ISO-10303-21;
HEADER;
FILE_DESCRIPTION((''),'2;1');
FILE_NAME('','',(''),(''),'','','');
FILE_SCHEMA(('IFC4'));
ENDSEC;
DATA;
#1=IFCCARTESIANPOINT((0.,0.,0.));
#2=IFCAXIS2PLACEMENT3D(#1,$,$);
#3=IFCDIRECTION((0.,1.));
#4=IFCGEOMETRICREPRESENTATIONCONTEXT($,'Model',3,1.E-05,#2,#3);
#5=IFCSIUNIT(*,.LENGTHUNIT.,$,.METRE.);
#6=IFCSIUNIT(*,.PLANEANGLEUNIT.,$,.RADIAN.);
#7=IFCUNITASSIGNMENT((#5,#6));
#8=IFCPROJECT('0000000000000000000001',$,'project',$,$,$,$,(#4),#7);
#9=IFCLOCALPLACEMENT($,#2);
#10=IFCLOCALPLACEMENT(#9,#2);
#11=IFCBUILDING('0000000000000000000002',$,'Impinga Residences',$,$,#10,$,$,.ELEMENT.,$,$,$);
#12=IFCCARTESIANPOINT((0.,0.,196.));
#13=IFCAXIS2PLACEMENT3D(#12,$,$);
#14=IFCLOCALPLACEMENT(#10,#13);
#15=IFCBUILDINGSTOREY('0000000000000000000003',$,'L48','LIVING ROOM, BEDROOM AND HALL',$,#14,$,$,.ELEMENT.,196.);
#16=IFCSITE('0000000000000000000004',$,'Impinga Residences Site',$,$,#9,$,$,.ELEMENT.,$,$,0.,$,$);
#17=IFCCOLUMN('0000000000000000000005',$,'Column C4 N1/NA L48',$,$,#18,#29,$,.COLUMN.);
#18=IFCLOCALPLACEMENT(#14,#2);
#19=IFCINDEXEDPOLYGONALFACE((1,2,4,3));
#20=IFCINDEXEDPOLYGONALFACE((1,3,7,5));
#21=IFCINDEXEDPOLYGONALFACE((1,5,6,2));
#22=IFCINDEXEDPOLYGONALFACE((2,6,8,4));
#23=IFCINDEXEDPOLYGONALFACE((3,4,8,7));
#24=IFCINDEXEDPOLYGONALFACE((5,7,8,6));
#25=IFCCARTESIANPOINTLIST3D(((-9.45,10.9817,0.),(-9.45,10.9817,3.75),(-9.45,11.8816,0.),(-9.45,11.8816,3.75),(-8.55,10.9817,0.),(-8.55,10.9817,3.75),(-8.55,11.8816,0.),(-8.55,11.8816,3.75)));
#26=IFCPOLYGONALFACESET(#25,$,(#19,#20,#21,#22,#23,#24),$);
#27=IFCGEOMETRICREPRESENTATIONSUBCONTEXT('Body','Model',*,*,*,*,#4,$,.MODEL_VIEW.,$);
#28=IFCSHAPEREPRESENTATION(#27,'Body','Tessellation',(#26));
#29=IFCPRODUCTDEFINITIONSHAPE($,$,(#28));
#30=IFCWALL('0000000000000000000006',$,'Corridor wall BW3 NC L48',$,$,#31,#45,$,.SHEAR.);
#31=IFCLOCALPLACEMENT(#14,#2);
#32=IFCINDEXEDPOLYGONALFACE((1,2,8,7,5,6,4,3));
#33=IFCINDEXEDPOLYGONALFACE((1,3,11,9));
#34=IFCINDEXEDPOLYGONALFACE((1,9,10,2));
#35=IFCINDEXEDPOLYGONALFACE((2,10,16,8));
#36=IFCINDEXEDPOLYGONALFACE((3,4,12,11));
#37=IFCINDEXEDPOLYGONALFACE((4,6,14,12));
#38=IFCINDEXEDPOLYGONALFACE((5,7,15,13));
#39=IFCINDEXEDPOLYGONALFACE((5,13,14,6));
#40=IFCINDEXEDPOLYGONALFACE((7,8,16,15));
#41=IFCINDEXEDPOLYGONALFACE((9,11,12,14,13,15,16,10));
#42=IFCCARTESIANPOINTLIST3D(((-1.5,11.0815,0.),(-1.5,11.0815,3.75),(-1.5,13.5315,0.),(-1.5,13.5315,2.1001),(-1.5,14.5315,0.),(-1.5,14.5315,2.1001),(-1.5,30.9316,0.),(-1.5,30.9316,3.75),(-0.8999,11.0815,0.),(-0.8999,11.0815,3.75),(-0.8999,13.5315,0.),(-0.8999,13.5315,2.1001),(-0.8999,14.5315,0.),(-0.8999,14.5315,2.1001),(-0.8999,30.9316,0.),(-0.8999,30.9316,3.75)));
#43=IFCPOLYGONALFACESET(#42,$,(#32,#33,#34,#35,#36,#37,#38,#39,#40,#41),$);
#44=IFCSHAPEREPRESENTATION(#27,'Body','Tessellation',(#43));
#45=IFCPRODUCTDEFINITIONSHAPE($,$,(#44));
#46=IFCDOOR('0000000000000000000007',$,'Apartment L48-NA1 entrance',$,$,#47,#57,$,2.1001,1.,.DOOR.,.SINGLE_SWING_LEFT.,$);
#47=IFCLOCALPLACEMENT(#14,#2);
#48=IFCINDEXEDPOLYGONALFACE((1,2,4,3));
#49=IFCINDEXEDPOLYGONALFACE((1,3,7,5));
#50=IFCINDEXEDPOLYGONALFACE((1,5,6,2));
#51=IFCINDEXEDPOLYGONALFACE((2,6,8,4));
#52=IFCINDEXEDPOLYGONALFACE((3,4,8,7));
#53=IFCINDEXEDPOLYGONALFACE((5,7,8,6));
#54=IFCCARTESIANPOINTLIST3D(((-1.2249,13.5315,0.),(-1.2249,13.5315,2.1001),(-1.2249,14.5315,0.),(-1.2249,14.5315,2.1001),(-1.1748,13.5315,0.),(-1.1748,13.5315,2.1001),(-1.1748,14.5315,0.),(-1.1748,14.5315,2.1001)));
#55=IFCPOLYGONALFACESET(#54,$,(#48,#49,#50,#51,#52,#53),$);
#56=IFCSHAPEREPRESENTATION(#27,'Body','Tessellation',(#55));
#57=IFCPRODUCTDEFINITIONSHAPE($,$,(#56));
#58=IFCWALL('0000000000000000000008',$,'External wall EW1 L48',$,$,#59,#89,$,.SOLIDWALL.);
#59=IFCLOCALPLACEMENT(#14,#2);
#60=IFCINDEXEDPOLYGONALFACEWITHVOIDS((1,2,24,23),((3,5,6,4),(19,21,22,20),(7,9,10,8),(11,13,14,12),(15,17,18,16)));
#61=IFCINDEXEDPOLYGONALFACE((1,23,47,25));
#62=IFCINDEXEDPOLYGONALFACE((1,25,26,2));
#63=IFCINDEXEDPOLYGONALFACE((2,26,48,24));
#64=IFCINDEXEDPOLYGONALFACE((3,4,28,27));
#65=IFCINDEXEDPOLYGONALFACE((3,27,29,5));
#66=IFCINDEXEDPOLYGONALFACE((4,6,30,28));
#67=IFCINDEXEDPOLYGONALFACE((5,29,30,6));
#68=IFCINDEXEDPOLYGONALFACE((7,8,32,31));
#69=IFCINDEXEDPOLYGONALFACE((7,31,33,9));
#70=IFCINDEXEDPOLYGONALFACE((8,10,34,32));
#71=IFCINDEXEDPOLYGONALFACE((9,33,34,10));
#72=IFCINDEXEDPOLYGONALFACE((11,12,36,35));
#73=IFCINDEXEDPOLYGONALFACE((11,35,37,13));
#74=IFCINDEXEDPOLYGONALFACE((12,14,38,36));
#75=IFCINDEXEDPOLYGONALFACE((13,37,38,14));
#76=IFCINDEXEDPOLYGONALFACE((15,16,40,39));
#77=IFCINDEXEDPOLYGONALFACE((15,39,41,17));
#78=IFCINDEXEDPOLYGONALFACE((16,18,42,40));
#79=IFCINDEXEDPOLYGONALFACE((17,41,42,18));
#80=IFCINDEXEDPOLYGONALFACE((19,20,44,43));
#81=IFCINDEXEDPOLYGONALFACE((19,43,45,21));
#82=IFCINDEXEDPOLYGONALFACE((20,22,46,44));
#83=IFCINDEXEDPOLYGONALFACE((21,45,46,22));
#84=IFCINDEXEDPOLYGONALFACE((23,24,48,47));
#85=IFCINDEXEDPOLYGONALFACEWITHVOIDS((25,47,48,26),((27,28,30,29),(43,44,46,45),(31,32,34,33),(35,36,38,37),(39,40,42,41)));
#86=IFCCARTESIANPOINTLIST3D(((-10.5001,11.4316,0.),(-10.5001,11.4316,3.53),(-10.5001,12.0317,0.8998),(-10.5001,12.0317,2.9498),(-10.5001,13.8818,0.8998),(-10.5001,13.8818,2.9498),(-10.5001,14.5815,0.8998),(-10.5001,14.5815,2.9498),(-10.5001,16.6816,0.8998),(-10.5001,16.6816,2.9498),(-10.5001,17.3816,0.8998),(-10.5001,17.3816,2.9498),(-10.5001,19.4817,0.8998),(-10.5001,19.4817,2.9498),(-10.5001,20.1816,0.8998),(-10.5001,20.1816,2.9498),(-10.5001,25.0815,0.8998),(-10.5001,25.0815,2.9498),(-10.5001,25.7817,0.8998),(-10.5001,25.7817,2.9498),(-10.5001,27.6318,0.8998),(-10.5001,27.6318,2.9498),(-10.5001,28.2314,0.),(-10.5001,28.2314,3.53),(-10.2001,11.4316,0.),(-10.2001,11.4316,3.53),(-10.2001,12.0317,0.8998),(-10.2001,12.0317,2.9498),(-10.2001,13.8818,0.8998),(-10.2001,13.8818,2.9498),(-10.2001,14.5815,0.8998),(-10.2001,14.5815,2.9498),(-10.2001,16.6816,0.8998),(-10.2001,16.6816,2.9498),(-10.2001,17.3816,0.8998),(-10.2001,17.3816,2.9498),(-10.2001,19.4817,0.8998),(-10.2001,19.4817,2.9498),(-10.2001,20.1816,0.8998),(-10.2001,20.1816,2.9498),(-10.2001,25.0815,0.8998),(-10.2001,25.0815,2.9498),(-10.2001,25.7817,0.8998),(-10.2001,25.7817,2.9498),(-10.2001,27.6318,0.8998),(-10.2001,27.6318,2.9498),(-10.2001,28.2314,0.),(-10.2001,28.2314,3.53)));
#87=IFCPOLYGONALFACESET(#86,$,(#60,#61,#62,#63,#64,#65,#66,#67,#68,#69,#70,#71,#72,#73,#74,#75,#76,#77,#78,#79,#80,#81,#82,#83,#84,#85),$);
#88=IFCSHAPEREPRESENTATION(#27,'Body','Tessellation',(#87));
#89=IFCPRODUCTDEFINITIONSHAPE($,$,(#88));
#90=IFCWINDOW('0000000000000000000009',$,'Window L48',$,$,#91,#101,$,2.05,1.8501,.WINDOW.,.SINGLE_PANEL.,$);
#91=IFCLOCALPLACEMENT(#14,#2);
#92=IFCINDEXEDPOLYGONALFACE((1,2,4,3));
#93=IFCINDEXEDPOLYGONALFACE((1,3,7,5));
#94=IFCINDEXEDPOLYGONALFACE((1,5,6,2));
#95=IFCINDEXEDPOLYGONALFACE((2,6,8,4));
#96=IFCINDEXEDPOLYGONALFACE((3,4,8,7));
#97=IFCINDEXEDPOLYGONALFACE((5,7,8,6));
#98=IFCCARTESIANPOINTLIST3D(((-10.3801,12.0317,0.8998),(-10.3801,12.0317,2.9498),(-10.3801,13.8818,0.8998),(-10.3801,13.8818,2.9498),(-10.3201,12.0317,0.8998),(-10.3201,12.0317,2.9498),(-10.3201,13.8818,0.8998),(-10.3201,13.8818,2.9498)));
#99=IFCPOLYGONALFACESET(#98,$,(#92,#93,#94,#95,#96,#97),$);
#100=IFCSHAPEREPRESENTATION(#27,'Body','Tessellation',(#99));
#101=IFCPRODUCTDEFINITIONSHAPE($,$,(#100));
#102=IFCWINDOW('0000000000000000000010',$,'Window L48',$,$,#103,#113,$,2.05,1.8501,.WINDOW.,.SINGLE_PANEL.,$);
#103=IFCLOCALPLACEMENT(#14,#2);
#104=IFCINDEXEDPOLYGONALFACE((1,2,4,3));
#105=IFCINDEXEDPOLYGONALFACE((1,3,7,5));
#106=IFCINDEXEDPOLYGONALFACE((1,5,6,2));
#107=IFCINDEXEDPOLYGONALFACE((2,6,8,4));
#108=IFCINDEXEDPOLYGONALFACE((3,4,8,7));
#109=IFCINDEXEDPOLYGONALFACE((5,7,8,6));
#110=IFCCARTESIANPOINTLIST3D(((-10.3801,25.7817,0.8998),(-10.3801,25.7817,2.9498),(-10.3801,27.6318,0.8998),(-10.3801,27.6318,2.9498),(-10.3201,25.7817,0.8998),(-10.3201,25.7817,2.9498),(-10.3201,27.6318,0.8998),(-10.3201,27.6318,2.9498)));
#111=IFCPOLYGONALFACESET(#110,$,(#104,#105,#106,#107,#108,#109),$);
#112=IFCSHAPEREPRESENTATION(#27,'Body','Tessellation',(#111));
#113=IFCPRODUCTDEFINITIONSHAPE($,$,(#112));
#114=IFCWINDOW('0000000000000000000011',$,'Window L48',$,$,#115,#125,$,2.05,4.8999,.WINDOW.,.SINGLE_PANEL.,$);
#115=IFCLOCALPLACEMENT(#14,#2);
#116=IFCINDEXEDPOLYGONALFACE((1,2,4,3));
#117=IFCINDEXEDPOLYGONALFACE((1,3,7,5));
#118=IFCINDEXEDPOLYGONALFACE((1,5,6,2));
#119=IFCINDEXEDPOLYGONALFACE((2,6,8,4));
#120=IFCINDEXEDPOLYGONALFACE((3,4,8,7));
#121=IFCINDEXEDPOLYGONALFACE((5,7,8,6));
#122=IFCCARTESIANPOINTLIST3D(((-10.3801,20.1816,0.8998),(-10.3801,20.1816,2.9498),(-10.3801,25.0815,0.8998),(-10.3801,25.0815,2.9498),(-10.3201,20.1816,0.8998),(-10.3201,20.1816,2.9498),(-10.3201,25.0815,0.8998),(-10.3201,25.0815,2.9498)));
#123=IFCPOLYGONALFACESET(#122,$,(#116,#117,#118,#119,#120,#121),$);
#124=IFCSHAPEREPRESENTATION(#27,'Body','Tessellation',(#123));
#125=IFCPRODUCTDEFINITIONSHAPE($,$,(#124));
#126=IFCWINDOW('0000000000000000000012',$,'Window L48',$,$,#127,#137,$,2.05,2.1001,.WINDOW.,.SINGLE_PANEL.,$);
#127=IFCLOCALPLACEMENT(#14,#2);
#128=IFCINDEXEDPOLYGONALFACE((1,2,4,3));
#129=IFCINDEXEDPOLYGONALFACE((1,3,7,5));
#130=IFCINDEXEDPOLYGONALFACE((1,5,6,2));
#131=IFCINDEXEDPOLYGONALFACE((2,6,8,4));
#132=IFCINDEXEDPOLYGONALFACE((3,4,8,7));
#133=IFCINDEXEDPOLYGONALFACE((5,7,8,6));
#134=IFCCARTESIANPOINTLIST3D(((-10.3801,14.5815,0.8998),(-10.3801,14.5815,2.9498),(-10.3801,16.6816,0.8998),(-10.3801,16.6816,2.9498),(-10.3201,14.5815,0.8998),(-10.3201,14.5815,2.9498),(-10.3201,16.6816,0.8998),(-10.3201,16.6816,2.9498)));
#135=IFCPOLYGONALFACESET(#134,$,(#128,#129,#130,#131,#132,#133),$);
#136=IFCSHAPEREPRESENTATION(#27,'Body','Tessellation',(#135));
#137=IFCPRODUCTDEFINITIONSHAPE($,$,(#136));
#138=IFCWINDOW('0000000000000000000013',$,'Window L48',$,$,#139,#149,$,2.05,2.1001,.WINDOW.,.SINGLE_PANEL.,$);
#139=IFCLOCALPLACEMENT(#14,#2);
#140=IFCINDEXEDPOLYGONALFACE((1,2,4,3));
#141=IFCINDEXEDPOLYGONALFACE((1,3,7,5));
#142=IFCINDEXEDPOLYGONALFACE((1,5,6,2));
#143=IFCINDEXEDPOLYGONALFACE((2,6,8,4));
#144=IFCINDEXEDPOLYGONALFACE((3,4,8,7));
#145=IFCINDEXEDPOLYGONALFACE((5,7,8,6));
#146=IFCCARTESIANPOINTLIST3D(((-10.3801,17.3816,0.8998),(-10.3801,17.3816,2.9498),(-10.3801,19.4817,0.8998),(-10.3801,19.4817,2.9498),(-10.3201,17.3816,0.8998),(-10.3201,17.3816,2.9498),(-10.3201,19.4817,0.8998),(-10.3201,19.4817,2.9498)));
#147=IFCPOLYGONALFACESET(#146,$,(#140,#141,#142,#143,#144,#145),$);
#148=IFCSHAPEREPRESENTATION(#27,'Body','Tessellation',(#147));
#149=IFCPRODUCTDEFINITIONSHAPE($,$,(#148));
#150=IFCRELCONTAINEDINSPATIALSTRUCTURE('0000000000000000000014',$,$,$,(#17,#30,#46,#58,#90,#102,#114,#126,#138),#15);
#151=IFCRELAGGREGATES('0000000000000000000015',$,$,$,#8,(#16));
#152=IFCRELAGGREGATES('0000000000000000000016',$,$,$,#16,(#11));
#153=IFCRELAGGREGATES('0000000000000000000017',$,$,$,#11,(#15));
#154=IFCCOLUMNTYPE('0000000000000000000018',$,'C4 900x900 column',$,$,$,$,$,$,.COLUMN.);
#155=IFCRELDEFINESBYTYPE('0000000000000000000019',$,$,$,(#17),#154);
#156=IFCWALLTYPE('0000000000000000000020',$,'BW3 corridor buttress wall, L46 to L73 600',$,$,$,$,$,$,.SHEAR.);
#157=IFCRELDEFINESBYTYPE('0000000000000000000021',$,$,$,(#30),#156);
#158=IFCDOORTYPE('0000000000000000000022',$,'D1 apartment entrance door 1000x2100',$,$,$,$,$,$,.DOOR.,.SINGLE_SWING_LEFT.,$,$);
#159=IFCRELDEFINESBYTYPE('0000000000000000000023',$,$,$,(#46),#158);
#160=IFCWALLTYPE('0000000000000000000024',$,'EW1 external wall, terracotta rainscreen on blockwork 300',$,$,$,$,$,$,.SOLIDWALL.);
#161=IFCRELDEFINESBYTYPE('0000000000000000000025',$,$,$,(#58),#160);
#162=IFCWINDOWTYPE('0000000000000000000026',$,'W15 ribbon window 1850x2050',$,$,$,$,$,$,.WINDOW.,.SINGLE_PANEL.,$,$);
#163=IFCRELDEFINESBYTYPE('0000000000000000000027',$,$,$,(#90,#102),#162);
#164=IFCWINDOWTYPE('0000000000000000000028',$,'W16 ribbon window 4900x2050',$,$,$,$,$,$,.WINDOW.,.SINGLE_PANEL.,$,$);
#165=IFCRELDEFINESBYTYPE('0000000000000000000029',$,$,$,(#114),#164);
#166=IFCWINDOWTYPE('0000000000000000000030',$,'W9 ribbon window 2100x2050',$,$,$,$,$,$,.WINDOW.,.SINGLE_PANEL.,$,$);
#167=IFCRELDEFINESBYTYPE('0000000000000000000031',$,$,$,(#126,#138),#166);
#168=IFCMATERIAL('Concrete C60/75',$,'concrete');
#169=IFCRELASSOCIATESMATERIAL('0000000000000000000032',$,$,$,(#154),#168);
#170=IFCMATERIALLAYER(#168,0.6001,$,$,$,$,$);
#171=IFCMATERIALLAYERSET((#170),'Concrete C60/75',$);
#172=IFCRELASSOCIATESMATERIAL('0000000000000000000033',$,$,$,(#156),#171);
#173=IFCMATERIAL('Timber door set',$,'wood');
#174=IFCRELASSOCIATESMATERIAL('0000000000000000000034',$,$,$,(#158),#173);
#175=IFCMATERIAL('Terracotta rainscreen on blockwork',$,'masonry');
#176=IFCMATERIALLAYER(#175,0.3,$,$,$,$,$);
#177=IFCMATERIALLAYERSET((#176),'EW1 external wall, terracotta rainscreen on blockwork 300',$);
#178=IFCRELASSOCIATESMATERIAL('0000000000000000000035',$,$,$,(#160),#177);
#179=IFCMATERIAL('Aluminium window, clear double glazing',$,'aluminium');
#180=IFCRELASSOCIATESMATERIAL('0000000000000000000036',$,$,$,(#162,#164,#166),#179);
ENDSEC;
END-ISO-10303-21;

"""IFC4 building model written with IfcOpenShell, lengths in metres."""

from ifc_helpers import new_model, si_unit, direction, frame, frame_2d, origin, origin_2d, place, context, subcontext, project, spatial, rectangle, extrude, material, layer, layer_set, material_profile, profile_set, type_object, element, fill, save


model = new_model("IFC4")

# Units and contexts
model_context = context("Model", 3, precision=1e-05, world=origin(), true_north=direction((0.0, 1.0)))
body_context = subcontext(model_context, "Body", "Model", "MODEL_VIEW")
ifc_project = project(units=[si_unit("LENGTHUNIT", "METRE"), si_unit("PLANEANGLEUNIT", "RADIAN")], contexts=[model_context])

# Site, building, storey
site_placement = place(None, origin())
site = spatial("IfcSite", under=ifc_project, at=site_placement, Name="Impinga Residences Site", CompositionType="ELEMENT", RefElevation=0.0)
building_placement = place(site_placement, origin())
building = spatial("IfcBuilding", under=site, at=building_placement, Name="Impinga Residences", CompositionType="ELEMENT")
storey_placement = place(building_placement, frame((0.0, 0.0, 196.0)))
storey = spatial("IfcBuildingStorey", under=building, at=storey_placement, Name="L48", Description="LIVING ROOM, BEDROOM AND HALL", CompositionType="ELEMENT", Elevation=196.0)

# Column
ifc_material_1 = material(Name="Concrete C60/75", Category="concrete")
ifc_material_profile = material_profile(ifc_material_1, rectangle(XDim=0.8999, YDim=0.8999, at=origin_2d()), Name="RC 900x900")
ifc_profile_set = profile_set([ifc_material_profile], Name="Concrete C60/75")
column_type = type_object("IfcColumnType", Name="C4 900x900 column", PredefinedType="COLUMN", material=ifc_profile_set)
column_placement = place(storey_placement, frame((-9.0, 11.4316, 0.0), z_axis=(0.0, 0.0, 1.0), x_axis=(1.0, 0.0, 0.0)))
element("IfcColumn", 1, at=column_placement, inside=storey, type_object=column_type, Name="Column C4 N1/NA L48", PredefinedType="COLUMN", context=body_context, shape_type="SweptSolid", body=[
    extrude(rectangle(XDim=0.8999, YDim=0.8999, at=origin_2d()), origin(), (0.0, 0.0, 1.0), 3.75),
])

# Wall, opening, door
ifc_layer_1 = layer(ifc_material_1, 0.6001)
ifc_layer_set_1 = layer_set([ifc_layer_1], Name="Concrete C60/75")
wall_type_1 = type_object("IfcWallType", Name="BW3 corridor buttress wall, L46 to L73 600", PredefinedType="SHEAR", material=ifc_layer_set_1)
wall_1_placement = place(storey_placement, frame((-1.2, 11.0815, 0.0), z_axis=(0.0, 0.0, 1.0), x_axis=(0.0, 1.0, 0.0)))
wall_1 = element("IfcWall", 2, at=wall_1_placement, inside=storey, type_object=wall_type_1, Name="Corridor wall BW3 NC L48", PredefinedType="SHEAR", context=body_context, shape_type="SweptSolid", body=[
    extrude(rectangle(XDim=19.8501, YDim=0.6001, at=frame_2d((9.925, 0.0))), origin(), (0.0, 0.0, 1.0), 3.75),
])
opening_1_placement = place(wall_1_placement, frame((2.45, 0.0, 0.0)))
opening_1 = element("IfcOpeningElement", 3, at=opening_1_placement, cuts=wall_1, PredefinedType="OPENING", context=body_context, shape_type="SweptSolid", body=[
    extrude(rectangle(XDim=1.0, YDim=2.1001, at=frame_2d((0.5, 1.05))), frame((0.0, 0.3101, 0.0), z_axis=(0.0, -1.0, 0.0), x_axis=(1.0, 0.0, 0.0)), (0.0, 0.0, 1.0), 0.6201),
])
ifc_material_2 = material(Name="Timber door set", Category="wood")
door_type_1 = type_object("IfcDoorType", Name="D1 apartment entrance door 1000x2100", OperationType="SINGLE_SWING_LEFT", PredefinedType="DOOR", material=ifc_material_2)
door_1_placement = place(opening_1_placement, origin())
door_1 = element("IfcDoor", 4, at=door_1_placement, inside=storey, type_object=door_type_1, Name="Apartment L48-NA1 entrance", OperationType="SINGLE_SWING_LEFT", OverallHeight=2.1001, OverallWidth=1.0, PredefinedType="DOOR", context=body_context, shape_type="SweptSolid", body=[
    extrude(rectangle(XDim=1.0, YDim=2.1001, at=frame_2d((0.5, 1.05))), frame((0.0, 0.0249, 0.0), z_axis=(0.0, -1.0, 0.0), x_axis=(1.0, 0.0, 0.0)), (0.0, 0.0, 1.0), 0.05),
])
fill(opening_1, door_1)

# Wall, openings, windows
ifc_material_3 = material(Name="Terracotta rainscreen on blockwork", Category="masonry")
ifc_layer_2 = layer(ifc_material_3, 0.3)
ifc_layer_set_2 = layer_set([ifc_layer_2], Name="EW1 external wall, terracotta rainscreen on blockwork 300")
wall_type_2 = type_object("IfcWallType", Name="EW1 external wall, terracotta rainscreen on blockwork 300", PredefinedType="SOLIDWALL", material=ifc_layer_set_2)
wall_2_placement = place(storey_placement, frame((-10.3501, 11.4316, 0.0), z_axis=(0.0, 0.0, 1.0), x_axis=(0.0, 1.0, 0.0)))
wall_2 = element("IfcWall", 5, at=wall_2_placement, inside=storey, type_object=wall_type_2, Name="External wall EW1 L48", PredefinedType="SOLIDWALL", context=body_context, shape_type="SweptSolid", body=[
    extrude(rectangle(XDim=16.7998, YDim=0.3, at=frame_2d((8.3999, 0.0))), origin(), (0.0, 0.0, 1.0), 3.53),
])
opening_2_placement = place(wall_2_placement, frame((0.6001, 0.0, 0.8999)))
opening_2 = element("IfcOpeningElement", 6, at=opening_2_placement, cuts=wall_2, PredefinedType="OPENING", context=body_context, shape_type="SweptSolid", body=[
    extrude(rectangle(XDim=1.8501, YDim=2.05, at=frame_2d((0.925, 1.0249))), frame((0.0, 0.1599, 0.0), z_axis=(0.0, -1.0, 0.0), x_axis=(1.0, 0.0, 0.0)), (0.0, 0.0, 1.0), 0.3201),
])
opening_3_placement = place(wall_2_placement, frame((3.1499, 0.0, 0.8999)))
opening_3 = element("IfcOpeningElement", 7, at=opening_3_placement, cuts=wall_2, PredefinedType="OPENING", context=body_context, shape_type="SweptSolid", body=[
    extrude(rectangle(XDim=2.1001, YDim=2.05, at=frame_2d((1.05, 1.0249))), frame((0.0, 0.1599, 0.0), z_axis=(0.0, -1.0, 0.0), x_axis=(1.0, 0.0, 0.0)), (0.0, 0.0, 1.0), 0.3201),
])
opening_4_placement = place(wall_2_placement, frame((5.95, 0.0, 0.8999)))
opening_4 = element("IfcOpeningElement", 8, at=opening_4_placement, cuts=wall_2, PredefinedType="OPENING", context=body_context, shape_type="SweptSolid", body=[
    extrude(rectangle(XDim=2.1001, YDim=2.05, at=frame_2d((1.05, 1.0249))), frame((0.0, 0.1599, 0.0), z_axis=(0.0, -1.0, 0.0), x_axis=(1.0, 0.0, 0.0)), (0.0, 0.0, 1.0), 0.3201),
])
opening_5_placement = place(wall_2_placement, frame((8.75, 0.0, 0.8999)))
opening_5 = element("IfcOpeningElement", 9, at=opening_5_placement, cuts=wall_2, PredefinedType="OPENING", context=body_context, shape_type="SweptSolid", body=[
    extrude(rectangle(XDim=4.8999, YDim=2.05, at=frame_2d((2.45, 1.0249))), frame((0.0, 0.1599, 0.0), z_axis=(0.0, -1.0, 0.0), x_axis=(1.0, 0.0, 0.0)), (0.0, 0.0, 1.0), 0.3201),
])
opening_6_placement = place(wall_2_placement, frame((14.3501, 0.0, 0.8999)))
opening_6 = element("IfcOpeningElement", 10, at=opening_6_placement, cuts=wall_2, PredefinedType="OPENING", context=body_context, shape_type="SweptSolid", body=[
    extrude(rectangle(XDim=1.8501, YDim=2.05, at=frame_2d((0.925, 1.0249))), frame((0.0, 0.1599, 0.0), z_axis=(0.0, -1.0, 0.0), x_axis=(1.0, 0.0, 0.0)), (0.0, 0.0, 1.0), 0.3201),
])
ifc_material_4 = material(Name="Aluminium window, clear double glazing", Category="aluminium")
window_type_1 = type_object("IfcWindowType", Name="W15 ribbon window 1850x2050", PartitioningType="SINGLE_PANEL", PredefinedType="WINDOW", material=ifc_material_4)
window_1_placement = place(opening_2_placement, origin())
window_1 = element("IfcWindow", 11, at=window_1_placement, inside=storey, type_object=window_type_1, Name="Window L48", OverallHeight=2.05, OverallWidth=1.8501, PartitioningType="SINGLE_PANEL", PredefinedType="WINDOW", context=body_context, shape_type="SweptSolid", body=[
    extrude(rectangle(XDim=1.8501, YDim=2.05, at=frame_2d((0.925, 1.0249))), frame((0.0, 0.03, 0.0), z_axis=(0.0, -1.0, 0.0), x_axis=(1.0, 0.0, 0.0)), (0.0, 0.0, 1.0), 0.0601),
])
fill(opening_2, window_1)
window_2_placement = place(opening_6_placement, origin())
window_2 = element("IfcWindow", 12, at=window_2_placement, inside=storey, type_object=window_type_1, Name="Window L48", OverallHeight=2.05, OverallWidth=1.8501, PartitioningType="SINGLE_PANEL", PredefinedType="WINDOW", context=body_context, shape_type="SweptSolid", body=[
    extrude(rectangle(XDim=1.8501, YDim=2.05, at=frame_2d((0.925, 1.0249))), frame((0.0, 0.03, 0.0), z_axis=(0.0, -1.0, 0.0), x_axis=(1.0, 0.0, 0.0)), (0.0, 0.0, 1.0), 0.0601),
])
fill(opening_6, window_2)
window_type_2 = type_object("IfcWindowType", Name="W16 ribbon window 4900x2050", PartitioningType="SINGLE_PANEL", PredefinedType="WINDOW", material=ifc_material_4)
window_3_placement = place(opening_5_placement, origin())
window_3 = element("IfcWindow", 13, at=window_3_placement, inside=storey, type_object=window_type_2, Name="Window L48", OverallHeight=2.05, OverallWidth=4.8999, PartitioningType="SINGLE_PANEL", PredefinedType="WINDOW", context=body_context, shape_type="SweptSolid", body=[
    extrude(rectangle(XDim=4.8999, YDim=2.05, at=frame_2d((2.45, 1.0249))), frame((0.0, 0.03, 0.0), z_axis=(0.0, -1.0, 0.0), x_axis=(1.0, 0.0, 0.0)), (0.0, 0.0, 1.0), 0.0601),
])
fill(opening_5, window_3)
window_type_3 = type_object("IfcWindowType", Name="W9 ribbon window 2100x2050", PartitioningType="SINGLE_PANEL", PredefinedType="WINDOW", material=ifc_material_4)
window_4_placement = place(opening_3_placement, origin())
window_4 = element("IfcWindow", 14, at=window_4_placement, inside=storey, type_object=window_type_3, Name="Window L48", OverallHeight=2.05, OverallWidth=2.1001, PartitioningType="SINGLE_PANEL", PredefinedType="WINDOW", context=body_context, shape_type="SweptSolid", body=[
    extrude(rectangle(XDim=2.1001, YDim=2.05, at=frame_2d((1.05, 1.0249))), frame((0.0, 0.03, 0.0), z_axis=(0.0, -1.0, 0.0), x_axis=(1.0, 0.0, 0.0)), (0.0, 0.0, 1.0), 0.0601),
])
fill(opening_3, window_4)
window_5_placement = place(opening_4_placement, origin())
window_5 = element("IfcWindow", 15, at=window_5_placement, inside=storey, type_object=window_type_3, Name="Window L48", OverallHeight=2.05, OverallWidth=2.1001, PartitioningType="SINGLE_PANEL", PredefinedType="WINDOW", context=body_context, shape_type="SweptSolid", body=[
    extrude(rectangle(XDim=2.1001, YDim=2.05, at=frame_2d((1.05, 1.0249))), frame((0.0, 0.03, 0.0), z_axis=(0.0, -1.0, 0.0), x_axis=(1.0, 0.0, 0.0)), (0.0, 0.0, 1.0), 0.0601),
])
fill(opening_4, window_5)

save(model, "model.ifc")
